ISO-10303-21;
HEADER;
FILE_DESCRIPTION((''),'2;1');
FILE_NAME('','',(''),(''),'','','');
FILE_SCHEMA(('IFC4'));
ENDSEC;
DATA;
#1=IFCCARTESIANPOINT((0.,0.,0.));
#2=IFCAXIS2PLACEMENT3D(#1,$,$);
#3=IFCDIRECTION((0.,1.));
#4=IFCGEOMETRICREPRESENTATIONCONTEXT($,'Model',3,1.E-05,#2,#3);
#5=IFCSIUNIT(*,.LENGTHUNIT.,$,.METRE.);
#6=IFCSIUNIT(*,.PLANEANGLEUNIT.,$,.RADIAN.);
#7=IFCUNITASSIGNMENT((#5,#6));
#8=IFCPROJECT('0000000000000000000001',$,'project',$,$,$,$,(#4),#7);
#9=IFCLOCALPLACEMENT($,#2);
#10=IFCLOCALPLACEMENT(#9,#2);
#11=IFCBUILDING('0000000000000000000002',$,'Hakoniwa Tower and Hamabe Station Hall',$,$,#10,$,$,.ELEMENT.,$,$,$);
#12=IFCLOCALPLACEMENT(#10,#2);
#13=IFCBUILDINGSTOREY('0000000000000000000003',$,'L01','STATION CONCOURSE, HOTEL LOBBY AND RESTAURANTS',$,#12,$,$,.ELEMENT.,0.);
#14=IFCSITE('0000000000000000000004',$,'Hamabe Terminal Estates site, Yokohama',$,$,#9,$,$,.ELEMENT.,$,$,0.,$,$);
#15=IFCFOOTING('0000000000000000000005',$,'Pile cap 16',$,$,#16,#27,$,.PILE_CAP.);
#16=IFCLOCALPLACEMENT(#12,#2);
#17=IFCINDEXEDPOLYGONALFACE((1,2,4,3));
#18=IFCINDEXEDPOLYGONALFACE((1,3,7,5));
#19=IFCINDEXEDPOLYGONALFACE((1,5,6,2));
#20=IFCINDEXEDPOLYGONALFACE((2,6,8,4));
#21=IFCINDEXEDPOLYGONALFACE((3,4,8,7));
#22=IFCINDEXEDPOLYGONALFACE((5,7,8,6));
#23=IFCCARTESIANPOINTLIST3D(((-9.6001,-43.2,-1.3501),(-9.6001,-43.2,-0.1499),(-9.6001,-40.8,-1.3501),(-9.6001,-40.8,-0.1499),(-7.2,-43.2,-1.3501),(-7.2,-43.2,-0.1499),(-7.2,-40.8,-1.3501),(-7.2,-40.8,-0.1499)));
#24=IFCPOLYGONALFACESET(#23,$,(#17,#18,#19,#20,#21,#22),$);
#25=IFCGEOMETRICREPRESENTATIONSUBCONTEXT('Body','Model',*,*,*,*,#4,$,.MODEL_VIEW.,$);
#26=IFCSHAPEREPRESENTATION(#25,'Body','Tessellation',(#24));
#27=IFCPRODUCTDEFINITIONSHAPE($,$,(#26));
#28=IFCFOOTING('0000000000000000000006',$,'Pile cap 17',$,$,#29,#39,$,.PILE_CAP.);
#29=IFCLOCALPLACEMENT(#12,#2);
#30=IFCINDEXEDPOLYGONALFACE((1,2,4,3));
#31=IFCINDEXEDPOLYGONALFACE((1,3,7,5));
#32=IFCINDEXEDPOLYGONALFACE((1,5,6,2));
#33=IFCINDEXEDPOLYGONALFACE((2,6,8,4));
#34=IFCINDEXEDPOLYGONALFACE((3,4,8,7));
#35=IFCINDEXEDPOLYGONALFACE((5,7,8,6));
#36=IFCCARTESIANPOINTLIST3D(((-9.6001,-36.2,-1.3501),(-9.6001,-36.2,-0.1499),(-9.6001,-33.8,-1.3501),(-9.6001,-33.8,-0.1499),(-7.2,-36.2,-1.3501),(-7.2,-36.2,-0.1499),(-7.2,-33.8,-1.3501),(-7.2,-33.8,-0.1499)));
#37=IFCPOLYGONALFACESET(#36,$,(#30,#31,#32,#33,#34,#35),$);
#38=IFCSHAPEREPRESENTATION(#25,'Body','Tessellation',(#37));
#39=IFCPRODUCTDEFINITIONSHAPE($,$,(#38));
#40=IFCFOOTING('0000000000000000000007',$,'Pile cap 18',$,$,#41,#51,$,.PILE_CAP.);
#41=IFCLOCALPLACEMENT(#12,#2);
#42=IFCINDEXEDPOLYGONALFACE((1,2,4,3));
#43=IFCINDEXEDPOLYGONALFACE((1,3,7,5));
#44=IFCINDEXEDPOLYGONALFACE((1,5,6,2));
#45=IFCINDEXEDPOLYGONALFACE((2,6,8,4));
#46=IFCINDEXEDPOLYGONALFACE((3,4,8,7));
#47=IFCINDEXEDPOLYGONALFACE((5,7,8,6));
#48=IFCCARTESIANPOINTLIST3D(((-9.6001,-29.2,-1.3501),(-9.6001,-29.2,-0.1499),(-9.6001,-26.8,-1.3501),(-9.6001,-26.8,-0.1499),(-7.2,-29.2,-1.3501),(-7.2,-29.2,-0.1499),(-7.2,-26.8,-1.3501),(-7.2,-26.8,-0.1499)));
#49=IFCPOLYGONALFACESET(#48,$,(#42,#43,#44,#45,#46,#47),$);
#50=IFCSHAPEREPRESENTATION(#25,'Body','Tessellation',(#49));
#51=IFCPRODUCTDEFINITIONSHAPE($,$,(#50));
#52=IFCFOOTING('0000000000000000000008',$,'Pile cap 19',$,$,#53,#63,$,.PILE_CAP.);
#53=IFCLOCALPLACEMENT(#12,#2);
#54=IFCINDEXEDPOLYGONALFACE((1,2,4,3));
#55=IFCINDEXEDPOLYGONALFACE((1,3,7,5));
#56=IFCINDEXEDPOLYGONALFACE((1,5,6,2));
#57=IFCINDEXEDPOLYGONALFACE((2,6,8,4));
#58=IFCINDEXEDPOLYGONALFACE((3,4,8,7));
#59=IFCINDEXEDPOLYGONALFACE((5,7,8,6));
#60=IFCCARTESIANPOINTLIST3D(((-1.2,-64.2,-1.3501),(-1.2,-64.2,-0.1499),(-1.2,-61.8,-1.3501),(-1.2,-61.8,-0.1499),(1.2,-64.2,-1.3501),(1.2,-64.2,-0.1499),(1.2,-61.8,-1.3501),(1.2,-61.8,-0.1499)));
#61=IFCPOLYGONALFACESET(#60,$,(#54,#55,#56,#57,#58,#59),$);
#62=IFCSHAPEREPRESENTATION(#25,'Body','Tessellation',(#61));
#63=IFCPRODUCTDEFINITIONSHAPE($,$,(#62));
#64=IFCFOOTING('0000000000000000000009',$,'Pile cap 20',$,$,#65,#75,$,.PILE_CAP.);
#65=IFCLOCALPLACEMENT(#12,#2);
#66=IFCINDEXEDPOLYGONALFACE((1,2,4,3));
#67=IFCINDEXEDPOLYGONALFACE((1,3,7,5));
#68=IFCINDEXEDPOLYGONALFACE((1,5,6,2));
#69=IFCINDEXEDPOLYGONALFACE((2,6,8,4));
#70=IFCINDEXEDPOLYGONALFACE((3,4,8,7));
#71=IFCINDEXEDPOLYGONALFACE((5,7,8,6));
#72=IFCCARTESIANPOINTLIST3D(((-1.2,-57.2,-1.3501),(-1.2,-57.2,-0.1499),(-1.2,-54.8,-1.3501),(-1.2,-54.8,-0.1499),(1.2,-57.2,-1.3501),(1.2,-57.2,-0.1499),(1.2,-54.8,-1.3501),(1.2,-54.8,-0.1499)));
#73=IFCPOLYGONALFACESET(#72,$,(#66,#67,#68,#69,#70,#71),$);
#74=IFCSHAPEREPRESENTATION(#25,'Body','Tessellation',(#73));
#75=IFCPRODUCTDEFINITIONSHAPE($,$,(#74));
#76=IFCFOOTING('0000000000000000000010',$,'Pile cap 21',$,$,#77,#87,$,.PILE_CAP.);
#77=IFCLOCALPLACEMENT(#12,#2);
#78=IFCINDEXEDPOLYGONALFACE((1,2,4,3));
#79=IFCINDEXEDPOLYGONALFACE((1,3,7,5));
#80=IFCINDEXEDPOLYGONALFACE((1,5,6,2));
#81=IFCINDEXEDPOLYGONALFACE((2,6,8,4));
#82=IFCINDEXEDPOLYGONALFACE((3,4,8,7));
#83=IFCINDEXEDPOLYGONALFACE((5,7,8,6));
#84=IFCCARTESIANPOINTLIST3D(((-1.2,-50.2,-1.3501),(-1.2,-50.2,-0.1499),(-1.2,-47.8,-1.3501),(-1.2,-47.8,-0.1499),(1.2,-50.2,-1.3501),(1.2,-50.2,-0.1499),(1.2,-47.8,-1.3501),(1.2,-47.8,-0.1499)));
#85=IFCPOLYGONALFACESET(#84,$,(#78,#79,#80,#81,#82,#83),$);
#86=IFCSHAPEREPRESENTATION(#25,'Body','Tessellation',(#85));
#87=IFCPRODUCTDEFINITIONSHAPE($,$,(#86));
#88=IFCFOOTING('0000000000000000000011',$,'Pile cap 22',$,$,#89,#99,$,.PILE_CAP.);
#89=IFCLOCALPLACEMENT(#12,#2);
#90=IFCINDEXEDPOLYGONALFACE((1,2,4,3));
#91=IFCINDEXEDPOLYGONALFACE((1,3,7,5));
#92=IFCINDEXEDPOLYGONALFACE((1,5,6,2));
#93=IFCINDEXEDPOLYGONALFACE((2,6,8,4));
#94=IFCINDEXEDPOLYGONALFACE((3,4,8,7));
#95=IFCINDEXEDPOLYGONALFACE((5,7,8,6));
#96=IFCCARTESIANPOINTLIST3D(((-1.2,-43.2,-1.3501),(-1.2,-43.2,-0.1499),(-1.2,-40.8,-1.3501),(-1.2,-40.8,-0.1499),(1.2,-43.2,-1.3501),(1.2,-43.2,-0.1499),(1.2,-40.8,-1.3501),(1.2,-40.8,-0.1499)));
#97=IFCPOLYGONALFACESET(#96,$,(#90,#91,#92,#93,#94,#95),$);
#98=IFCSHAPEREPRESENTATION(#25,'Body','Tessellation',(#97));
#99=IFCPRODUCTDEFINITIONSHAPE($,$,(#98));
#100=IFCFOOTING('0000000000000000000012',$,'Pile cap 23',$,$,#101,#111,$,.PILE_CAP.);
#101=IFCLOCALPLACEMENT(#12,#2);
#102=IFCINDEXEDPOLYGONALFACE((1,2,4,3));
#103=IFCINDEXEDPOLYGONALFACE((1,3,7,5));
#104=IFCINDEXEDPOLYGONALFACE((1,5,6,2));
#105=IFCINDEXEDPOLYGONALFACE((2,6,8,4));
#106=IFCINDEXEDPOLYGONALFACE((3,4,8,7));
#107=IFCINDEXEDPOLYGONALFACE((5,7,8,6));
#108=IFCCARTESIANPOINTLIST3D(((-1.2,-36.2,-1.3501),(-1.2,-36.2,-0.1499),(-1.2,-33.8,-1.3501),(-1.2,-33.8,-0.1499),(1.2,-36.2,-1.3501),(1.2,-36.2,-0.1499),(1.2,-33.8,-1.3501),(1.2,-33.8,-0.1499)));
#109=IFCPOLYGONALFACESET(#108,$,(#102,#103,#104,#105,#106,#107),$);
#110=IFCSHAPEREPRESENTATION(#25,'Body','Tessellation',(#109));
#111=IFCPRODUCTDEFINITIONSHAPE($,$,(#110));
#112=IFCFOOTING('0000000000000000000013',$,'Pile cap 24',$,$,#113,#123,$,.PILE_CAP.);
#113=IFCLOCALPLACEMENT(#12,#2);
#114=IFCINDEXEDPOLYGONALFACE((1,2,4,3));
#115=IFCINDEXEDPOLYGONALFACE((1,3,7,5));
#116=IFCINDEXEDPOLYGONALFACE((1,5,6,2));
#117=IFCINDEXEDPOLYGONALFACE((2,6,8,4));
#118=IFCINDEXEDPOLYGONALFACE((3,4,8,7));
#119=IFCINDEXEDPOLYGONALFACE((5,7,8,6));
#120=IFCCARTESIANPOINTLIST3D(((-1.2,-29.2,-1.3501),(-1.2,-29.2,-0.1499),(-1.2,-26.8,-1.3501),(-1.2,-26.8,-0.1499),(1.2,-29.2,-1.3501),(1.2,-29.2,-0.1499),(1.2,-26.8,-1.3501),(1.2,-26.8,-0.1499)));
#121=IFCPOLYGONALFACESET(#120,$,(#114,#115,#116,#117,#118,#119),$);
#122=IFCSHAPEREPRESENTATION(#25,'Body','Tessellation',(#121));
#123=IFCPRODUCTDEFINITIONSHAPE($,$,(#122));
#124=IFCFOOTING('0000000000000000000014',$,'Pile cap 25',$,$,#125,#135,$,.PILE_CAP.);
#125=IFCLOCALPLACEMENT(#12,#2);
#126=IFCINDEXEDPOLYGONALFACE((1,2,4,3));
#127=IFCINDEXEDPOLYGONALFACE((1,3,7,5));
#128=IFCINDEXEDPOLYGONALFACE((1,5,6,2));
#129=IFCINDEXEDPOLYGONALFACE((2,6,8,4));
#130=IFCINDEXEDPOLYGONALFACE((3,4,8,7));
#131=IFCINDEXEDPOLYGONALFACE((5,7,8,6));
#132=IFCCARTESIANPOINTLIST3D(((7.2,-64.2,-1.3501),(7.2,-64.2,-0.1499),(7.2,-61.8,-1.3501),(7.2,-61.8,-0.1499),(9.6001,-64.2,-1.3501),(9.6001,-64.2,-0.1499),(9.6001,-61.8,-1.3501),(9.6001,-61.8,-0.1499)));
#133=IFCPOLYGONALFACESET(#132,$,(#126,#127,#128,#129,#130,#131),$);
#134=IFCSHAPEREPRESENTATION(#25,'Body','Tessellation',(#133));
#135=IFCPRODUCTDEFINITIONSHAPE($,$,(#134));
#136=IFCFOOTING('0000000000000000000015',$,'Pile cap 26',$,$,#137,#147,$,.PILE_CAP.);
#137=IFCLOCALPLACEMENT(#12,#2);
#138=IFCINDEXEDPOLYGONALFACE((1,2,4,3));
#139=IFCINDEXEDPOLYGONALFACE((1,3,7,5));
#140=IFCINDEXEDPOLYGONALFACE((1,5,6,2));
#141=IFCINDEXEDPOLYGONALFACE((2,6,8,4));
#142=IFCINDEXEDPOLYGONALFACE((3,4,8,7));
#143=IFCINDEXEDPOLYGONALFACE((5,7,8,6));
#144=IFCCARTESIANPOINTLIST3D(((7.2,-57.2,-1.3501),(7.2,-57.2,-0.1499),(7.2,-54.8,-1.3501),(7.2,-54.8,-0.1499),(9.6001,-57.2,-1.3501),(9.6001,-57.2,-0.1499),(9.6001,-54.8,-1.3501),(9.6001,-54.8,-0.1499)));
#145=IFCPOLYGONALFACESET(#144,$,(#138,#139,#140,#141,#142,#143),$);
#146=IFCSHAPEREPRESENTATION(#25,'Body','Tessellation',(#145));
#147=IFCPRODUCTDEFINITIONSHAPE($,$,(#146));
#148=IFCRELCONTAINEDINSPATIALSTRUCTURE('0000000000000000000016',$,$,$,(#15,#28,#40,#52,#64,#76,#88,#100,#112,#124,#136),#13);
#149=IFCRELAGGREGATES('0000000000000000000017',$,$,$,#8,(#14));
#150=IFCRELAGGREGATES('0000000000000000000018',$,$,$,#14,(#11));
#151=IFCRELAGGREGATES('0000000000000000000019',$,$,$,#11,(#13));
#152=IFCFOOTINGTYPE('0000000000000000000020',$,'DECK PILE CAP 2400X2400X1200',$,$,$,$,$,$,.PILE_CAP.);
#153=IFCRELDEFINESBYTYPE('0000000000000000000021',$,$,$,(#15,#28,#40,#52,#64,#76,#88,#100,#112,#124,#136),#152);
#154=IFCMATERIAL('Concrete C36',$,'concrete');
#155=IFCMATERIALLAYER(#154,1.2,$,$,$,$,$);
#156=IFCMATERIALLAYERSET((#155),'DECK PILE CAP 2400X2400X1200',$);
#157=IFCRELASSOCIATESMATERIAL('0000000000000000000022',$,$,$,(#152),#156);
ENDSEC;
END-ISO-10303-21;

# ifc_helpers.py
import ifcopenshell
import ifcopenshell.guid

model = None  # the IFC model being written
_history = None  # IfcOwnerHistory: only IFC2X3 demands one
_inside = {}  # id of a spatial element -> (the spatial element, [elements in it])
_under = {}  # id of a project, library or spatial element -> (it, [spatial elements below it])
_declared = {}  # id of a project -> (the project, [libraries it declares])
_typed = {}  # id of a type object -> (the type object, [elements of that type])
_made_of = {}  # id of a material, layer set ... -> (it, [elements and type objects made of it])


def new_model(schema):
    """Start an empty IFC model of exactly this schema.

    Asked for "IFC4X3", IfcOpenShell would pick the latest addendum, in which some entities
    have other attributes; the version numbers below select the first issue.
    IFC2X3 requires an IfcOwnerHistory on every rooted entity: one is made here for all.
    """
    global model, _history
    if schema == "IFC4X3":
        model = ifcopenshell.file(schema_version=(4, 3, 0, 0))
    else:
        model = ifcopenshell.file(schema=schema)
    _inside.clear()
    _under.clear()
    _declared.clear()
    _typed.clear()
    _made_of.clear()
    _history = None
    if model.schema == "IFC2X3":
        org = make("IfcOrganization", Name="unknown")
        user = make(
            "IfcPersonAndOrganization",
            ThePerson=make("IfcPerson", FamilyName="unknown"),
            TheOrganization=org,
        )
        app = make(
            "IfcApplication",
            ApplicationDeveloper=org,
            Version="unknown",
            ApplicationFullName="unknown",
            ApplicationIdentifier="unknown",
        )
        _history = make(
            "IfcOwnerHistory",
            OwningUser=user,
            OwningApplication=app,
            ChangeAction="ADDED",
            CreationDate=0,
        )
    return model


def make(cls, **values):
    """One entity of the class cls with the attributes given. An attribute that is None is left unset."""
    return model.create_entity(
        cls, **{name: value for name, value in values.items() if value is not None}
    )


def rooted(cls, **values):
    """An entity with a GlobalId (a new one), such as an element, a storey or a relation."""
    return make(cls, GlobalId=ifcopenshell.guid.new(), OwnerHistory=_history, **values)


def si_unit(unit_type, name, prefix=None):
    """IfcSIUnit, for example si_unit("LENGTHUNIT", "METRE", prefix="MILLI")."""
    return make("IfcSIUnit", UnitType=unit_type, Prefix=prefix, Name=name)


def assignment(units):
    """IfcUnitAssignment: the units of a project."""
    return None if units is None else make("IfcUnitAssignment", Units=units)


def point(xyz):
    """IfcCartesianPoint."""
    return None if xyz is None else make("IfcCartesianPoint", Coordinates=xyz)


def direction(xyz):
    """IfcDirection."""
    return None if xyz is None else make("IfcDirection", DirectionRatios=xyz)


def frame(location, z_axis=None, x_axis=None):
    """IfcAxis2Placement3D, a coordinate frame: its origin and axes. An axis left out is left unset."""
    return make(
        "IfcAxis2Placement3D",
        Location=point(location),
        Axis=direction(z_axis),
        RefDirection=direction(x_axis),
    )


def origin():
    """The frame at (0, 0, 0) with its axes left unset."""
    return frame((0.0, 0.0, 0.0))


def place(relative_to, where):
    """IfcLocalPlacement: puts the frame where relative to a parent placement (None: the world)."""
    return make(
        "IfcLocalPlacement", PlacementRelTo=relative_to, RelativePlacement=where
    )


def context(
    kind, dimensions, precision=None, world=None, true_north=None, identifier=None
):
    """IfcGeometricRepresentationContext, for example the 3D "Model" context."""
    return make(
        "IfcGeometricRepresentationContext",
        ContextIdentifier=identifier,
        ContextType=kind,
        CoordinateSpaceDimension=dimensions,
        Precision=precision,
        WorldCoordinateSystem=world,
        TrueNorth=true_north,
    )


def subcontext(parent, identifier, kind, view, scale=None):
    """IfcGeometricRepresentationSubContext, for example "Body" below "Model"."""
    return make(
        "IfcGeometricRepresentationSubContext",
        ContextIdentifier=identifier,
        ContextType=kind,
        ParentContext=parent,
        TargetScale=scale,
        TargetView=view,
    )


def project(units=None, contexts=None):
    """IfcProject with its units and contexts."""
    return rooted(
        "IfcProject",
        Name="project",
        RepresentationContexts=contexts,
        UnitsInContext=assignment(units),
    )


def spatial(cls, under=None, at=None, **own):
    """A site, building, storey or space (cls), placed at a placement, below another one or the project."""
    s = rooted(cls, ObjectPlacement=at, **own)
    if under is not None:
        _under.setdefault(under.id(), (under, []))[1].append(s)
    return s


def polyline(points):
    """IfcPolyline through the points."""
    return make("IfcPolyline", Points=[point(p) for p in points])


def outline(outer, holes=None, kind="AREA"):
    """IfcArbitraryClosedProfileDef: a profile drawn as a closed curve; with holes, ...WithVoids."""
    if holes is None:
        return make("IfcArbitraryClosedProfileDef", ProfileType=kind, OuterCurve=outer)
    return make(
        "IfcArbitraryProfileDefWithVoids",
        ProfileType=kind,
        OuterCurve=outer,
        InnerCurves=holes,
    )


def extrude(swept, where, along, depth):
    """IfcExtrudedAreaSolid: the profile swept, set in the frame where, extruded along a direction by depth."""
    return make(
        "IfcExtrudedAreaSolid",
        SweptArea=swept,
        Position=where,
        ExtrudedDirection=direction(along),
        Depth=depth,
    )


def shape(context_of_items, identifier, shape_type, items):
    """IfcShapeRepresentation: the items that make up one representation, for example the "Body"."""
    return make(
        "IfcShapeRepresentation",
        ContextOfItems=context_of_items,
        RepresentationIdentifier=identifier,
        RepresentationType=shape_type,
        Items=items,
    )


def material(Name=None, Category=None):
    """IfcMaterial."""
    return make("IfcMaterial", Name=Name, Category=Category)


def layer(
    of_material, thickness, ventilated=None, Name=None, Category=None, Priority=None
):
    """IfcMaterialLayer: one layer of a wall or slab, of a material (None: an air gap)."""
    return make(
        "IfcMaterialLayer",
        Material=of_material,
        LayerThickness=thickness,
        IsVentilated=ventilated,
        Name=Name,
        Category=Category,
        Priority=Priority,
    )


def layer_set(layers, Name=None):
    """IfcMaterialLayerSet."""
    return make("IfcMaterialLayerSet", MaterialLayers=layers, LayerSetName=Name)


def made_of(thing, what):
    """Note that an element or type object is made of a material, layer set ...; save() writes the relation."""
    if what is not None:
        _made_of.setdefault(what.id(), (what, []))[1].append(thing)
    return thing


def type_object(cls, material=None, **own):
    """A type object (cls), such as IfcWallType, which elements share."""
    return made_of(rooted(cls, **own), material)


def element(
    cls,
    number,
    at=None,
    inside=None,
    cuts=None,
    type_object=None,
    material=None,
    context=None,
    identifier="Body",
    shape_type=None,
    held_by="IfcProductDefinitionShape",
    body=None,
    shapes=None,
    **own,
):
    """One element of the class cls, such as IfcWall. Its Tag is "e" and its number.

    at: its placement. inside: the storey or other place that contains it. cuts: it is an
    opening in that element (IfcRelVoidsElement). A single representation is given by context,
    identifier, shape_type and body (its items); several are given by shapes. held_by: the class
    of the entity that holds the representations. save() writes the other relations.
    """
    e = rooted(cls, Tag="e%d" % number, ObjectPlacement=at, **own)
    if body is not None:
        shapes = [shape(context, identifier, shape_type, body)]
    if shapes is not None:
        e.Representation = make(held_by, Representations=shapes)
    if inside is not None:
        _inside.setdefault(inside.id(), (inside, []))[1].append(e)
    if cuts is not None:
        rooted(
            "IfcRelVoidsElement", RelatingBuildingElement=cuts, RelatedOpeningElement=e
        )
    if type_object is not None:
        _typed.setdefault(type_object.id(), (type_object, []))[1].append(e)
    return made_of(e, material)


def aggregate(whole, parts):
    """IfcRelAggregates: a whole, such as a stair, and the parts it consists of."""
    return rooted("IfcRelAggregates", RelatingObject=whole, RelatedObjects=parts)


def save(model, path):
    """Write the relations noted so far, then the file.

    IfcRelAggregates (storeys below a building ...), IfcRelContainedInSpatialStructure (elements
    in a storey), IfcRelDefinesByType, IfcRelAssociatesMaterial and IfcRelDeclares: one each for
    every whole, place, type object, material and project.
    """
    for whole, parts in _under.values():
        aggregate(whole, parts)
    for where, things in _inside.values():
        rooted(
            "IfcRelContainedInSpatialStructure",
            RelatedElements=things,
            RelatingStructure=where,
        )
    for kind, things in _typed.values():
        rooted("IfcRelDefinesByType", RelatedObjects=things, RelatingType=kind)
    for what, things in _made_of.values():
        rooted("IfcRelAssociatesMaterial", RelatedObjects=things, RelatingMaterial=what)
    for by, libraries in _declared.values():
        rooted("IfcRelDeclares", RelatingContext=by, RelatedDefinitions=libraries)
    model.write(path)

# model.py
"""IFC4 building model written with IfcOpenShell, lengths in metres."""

from ifc_helpers import new_model, si_unit, direction, frame, origin, place, context, subcontext, project, spatial, polyline, outline, extrude, material, layer, layer_set, type_object, element, save


model = new_model("IFC4")

# Units and contexts
model_context = context("Model", 3, precision=1e-05, world=origin(), true_north=direction((0.0, 1.0)))
body_context = subcontext(model_context, "Body", "Model", "MODEL_VIEW")
ifc_project = project(units=[si_unit("LENGTHUNIT", "METRE"), si_unit("PLANEANGLEUNIT", "RADIAN")], contexts=[model_context])

# Site, building, storey
site_placement = place(None, origin())
site = spatial("IfcSite", under=ifc_project, at=site_placement, Name="Hamabe Terminal Estates site, Yokohama", CompositionType="ELEMENT", RefElevation=0.0)
building_placement = place(site_placement, origin())
building = spatial("IfcBuilding", under=site, at=building_placement, Name="Hakoniwa Tower and Hamabe Station Hall", CompositionType="ELEMENT")
storey_placement = place(building_placement, origin())
storey = spatial("IfcBuildingStorey", under=building, at=storey_placement, Name="L01", Description="STATION CONCOURSE, HOTEL LOBBY AND RESTAURANTS", CompositionType="ELEMENT", Elevation=0.0)

# Footings
ifc_material = material(Name="Concrete C36", Category="concrete")
ifc_layer = layer(ifc_material, 1.2)
ifc_layer_set = layer_set([ifc_layer], Name="DECK PILE CAP 2400X2400X1200")
footing_type = type_object("IfcFootingType", Name="DECK PILE CAP 2400X2400X1200", PredefinedType="PILE_CAP", material=ifc_layer_set)
footing_1_placement = place(storey_placement, frame((0.0, 0.0, -1.3501)))
element("IfcFooting", 1, at=footing_1_placement, inside=storey, type_object=footing_type, Name="Pile cap 16", PredefinedType="PILE_CAP", context=body_context, shape_type="SweptSolid", body=[
    extrude(outline(polyline([(-9.6001, -43.2), (-7.2, -43.2), (-7.2, -40.8), (-9.6001, -40.8), (-9.6001, -43.2)])), origin(), (0.0, 0.0, 1.0), 1.2002),
])
footing_2_placement = place(storey_placement, frame((0.0, 0.0, -1.3501)))
element("IfcFooting", 2, at=footing_2_placement, inside=storey, type_object=footing_type, Name="Pile cap 17", PredefinedType="PILE_CAP", context=body_context, shape_type="SweptSolid", body=[
    extrude(outline(polyline([(-9.6001, -36.2), (-7.2, -36.2), (-7.2, -33.8), (-9.6001, -33.8), (-9.6001, -36.2)])), origin(), (0.0, 0.0, 1.0), 1.2002),
])
footing_3_placement = place(storey_placement, frame((0.0, 0.0, -1.3501)))
element("IfcFooting", 3, at=footing_3_placement, inside=storey, type_object=footing_type, Name="Pile cap 18", PredefinedType="PILE_CAP", context=body_context, shape_type="SweptSolid", body=[
    extrude(outline(polyline([(-9.6001, -29.2), (-7.2, -29.2), (-7.2, -26.8), (-9.6001, -26.8), (-9.6001, -29.2)])), origin(), (0.0, 0.0, 1.0), 1.2002),
])
footing_4_placement = place(storey_placement, frame((0.0, 0.0, -1.3501)))
element("IfcFooting", 4, at=footing_4_placement, inside=storey, type_object=footing_type, Name="Pile cap 19", PredefinedType="PILE_CAP", context=body_context, shape_type="SweptSolid", body=[
    extrude(outline(polyline([(-1.2, -64.2), (1.2, -64.2), (1.2, -61.8), (-1.2, -61.8), (-1.2, -64.2)])), origin(), (0.0, 0.0, 1.0), 1.2002),
])
footing_5_placement = place(storey_placement, frame((0.0, 0.0, -1.3501)))
element("IfcFooting", 5, at=footing_5_placement, inside=storey, type_object=footing_type, Name="Pile cap 20", PredefinedType="PILE_CAP", context=body_context, shape_type="SweptSolid", body=[
    extrude(outline(polyline([(-1.2, -57.2), (1.2, -57.2), (1.2, -54.8), (-1.2, -54.8), (-1.2, -57.2)])), origin(), (0.0, 0.0, 1.0), 1.2002),
])
footing_6_placement = place(storey_placement, frame((0.0, 0.0, -1.3501)))
element("IfcFooting", 6, at=footing_6_placement, inside=storey, type_object=footing_type, Name="Pile cap 21", PredefinedType="PILE_CAP", context=body_context, shape_type="SweptSolid", body=[
    extrude(outline(polyline([(-1.2, -50.2), (1.2, -50.2), (1.2, -47.8), (-1.2, -47.8), (-1.2, -50.2)])), origin(), (0.0, 0.0, 1.0), 1.2002),
])
footing_7_placement = place(storey_placement, frame((0.0, 0.0, -1.3501)))
element("IfcFooting", 7, at=footing_7_placement, inside=storey, type_object=footing_type, Name="Pile cap 22", PredefinedType="PILE_CAP", context=body_context, shape_type="SweptSolid", body=[
    extrude(outline(polyline([(-1.2, -43.2), (1.2, -43.2), (1.2, -40.8), (-1.2, -40.8), (-1.2, -43.2)])), origin(), (0.0, 0.0, 1.0), 1.2002),
])
footing_8_placement = place(storey_placement, frame((0.0, 0.0, -1.3501)))
element("IfcFooting", 8, at=footing_8_placement, inside=storey, type_object=footing_type, Name="Pile cap 23", PredefinedType="PILE_CAP", context=body_context, shape_type="SweptSolid", body=[
    extrude(outline(polyline([(-1.2, -36.2), (1.2, -36.2), (1.2, -33.8), (-1.2, -33.8), (-1.2, -36.2)])), origin(), (0.0, 0.0, 1.0), 1.2002),
])
footing_9_placement = place(storey_placement, frame((0.0, 0.0, -1.3501)))
element("IfcFooting", 9, at=footing_9_placement, inside=storey, type_object=footing_type, Name="Pile cap 24", PredefinedType="PILE_CAP", context=body_context, shape_type="SweptSolid", body=[
    extrude(outline(polyline([(-1.2, -29.2), (1.2, -29.2), (1.2, -26.8), (-1.2, -26.8), (-1.2, -29.2)])), origin(), (0.0, 0.0, 1.0), 1.2002),
])
footing_10_placement = place(storey_placement, frame((0.0, 0.0, -1.3501)))
element("IfcFooting", 10, at=footing_10_placement, inside=storey, type_object=footing_type, Name="Pile cap 25", PredefinedType="PILE_CAP", context=body_context, shape_type="SweptSolid", body=[
    extrude(outline(polyline([(7.2, -64.2), (9.6001, -64.2), (9.6001, -61.8), (7.2, -61.8), (7.2, -64.2)])), origin(), (0.0, 0.0, 1.0), 1.2002),
])
footing_11_placement = place(storey_placement, frame((0.0, 0.0, -1.3501)))
element("IfcFooting", 11, at=footing_11_placement, inside=storey, type_object=footing_type, Name="Pile cap 26", PredefinedType="PILE_CAP", context=body_context, shape_type="SweptSolid", body=[
    extrude(outline(polyline([(7.2, -57.2), (9.6001, -57.2), (9.6001, -54.8), (7.2, -54.8), (7.2, -57.2)])), origin(), (0.0, 0.0, 1.0), 1.2002),
])

save(model, "model.ifc")
